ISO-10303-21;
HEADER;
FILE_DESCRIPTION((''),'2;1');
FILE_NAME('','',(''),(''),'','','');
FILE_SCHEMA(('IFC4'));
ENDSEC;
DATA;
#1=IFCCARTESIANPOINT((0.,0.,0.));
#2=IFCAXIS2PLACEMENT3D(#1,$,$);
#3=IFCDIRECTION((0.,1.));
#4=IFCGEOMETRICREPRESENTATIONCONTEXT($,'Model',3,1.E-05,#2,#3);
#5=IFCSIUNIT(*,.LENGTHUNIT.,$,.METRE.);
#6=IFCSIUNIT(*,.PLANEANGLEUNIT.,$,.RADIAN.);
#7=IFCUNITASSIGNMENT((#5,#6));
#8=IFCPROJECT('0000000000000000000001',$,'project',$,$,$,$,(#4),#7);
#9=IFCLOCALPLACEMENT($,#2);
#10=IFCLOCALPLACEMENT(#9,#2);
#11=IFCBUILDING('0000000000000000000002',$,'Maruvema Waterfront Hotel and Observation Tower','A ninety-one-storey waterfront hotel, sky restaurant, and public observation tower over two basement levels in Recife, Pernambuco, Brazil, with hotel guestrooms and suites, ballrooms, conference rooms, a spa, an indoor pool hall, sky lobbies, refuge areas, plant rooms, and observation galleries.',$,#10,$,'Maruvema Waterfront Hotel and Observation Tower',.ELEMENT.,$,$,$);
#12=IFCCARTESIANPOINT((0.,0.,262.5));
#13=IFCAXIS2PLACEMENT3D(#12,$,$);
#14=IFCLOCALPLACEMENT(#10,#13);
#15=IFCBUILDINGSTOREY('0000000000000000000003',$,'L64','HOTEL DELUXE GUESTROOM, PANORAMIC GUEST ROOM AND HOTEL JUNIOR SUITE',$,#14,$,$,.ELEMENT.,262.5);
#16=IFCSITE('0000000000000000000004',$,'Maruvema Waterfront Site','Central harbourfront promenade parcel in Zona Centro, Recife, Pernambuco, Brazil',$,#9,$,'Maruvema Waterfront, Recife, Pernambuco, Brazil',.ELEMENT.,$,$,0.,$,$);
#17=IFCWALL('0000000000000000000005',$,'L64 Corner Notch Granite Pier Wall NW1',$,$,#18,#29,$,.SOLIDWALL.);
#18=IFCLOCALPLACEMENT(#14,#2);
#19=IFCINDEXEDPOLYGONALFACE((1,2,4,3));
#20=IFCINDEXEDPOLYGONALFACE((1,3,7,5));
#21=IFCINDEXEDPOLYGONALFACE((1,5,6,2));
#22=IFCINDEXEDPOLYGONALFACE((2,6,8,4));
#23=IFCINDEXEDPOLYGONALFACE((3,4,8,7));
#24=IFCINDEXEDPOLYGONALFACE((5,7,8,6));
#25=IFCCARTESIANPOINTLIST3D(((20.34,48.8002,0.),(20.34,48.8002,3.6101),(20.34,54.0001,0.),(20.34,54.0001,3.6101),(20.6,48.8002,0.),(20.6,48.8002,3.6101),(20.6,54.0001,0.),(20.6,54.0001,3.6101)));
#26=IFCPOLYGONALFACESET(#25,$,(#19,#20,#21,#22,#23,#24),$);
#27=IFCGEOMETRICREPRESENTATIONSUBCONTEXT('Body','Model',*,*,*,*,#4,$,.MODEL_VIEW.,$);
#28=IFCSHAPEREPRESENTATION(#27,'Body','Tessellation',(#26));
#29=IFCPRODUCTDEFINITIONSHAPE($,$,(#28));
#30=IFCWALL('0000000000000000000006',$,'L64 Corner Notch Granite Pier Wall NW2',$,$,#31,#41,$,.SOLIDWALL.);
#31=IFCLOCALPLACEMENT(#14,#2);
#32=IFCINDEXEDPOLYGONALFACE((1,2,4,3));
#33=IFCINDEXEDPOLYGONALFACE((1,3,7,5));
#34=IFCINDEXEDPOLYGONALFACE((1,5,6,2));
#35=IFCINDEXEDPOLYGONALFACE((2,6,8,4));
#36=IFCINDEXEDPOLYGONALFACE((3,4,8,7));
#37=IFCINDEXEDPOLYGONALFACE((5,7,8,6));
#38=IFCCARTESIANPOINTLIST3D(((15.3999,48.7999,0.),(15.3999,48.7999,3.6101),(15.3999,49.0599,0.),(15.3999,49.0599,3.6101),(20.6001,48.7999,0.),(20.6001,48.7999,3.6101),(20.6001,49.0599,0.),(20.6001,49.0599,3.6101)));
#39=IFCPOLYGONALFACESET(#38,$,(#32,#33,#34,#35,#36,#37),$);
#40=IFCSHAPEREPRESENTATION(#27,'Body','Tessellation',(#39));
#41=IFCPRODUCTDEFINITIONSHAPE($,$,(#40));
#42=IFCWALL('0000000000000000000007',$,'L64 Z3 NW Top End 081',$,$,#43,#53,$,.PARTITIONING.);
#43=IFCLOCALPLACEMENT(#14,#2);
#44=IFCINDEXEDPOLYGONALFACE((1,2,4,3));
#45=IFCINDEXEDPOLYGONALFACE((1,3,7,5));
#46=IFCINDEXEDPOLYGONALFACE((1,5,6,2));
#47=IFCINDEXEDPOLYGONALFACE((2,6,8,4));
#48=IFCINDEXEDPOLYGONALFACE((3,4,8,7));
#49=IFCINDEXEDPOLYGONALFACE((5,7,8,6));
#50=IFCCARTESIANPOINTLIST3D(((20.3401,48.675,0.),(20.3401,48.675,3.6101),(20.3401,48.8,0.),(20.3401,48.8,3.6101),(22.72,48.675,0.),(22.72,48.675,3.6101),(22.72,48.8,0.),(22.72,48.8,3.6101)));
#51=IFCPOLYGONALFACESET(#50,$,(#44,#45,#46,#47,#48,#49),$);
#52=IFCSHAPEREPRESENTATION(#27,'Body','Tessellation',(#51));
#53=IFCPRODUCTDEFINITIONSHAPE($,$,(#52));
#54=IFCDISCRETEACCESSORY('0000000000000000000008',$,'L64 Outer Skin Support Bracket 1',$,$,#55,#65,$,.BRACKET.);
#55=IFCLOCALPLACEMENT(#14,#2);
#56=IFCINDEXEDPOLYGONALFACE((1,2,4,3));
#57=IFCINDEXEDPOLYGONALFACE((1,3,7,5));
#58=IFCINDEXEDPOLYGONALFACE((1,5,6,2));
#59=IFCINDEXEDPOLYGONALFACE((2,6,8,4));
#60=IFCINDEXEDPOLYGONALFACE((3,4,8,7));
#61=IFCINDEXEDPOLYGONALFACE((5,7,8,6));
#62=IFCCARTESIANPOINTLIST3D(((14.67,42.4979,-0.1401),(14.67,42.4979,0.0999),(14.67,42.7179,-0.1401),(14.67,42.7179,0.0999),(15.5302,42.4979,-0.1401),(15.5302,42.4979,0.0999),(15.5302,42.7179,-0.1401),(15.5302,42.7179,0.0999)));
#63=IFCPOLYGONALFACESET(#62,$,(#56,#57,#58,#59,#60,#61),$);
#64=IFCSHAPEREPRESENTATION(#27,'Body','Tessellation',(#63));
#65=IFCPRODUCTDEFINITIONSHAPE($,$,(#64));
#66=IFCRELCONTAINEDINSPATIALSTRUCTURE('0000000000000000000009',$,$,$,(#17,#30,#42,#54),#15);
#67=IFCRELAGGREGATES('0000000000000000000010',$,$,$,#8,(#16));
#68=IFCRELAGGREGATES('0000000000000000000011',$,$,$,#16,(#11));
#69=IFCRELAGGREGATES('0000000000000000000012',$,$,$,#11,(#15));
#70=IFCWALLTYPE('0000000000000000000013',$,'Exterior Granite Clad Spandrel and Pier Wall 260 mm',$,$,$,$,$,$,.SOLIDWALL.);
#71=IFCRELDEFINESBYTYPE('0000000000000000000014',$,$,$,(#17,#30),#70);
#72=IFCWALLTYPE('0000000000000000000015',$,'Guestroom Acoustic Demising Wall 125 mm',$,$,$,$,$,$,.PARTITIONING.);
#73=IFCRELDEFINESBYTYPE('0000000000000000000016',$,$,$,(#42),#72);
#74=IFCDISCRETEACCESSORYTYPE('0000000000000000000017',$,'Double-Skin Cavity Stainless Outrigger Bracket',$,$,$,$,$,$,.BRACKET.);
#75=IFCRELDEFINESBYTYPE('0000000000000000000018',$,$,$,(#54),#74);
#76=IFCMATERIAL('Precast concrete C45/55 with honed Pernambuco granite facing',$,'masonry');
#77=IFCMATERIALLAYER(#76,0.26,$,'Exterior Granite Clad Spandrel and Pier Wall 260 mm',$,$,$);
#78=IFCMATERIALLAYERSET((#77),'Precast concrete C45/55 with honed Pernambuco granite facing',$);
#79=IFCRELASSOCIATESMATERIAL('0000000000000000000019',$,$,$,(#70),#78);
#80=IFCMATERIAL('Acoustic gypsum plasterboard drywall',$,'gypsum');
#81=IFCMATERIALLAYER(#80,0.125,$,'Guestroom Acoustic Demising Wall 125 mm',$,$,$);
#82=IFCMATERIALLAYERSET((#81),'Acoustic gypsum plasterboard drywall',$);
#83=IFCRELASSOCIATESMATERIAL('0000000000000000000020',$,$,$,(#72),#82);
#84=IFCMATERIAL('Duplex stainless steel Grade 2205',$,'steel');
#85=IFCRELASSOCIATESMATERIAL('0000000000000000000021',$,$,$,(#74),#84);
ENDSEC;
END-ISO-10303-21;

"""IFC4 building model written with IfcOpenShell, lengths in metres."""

from ifc_helpers import new_model, si_unit, direction, frame, frame_2d, origin, origin_2d, place, context, subcontext, project, spatial, rectangle, extrude, material, layer, layer_set, type_object, element, save


model = new_model("IFC4")

# Units and contexts
model_context = context("Model", 3, precision=1e-05, world=origin(), true_north=direction((0.0, 1.0)))
body_context = subcontext(model_context, "Body", "Model", "MODEL_VIEW")
ifc_project = project(units=[si_unit("LENGTHUNIT", "METRE"), si_unit("PLANEANGLEUNIT", "RADIAN")], contexts=[model_context])

# Site, building, storey
site_placement = place(None, origin())
site = spatial("IfcSite", under=ifc_project, at=site_placement, Name="Maruvema Waterfront Site", Description="Central harbourfront promenade parcel in Zona Centro, Recife, Pernambuco, Brazil", LongName="Maruvema Waterfront, Recife, Pernambuco, Brazil", CompositionType="ELEMENT", RefElevation=0.0)
building_placement = place(site_placement, origin())
building = spatial("IfcBuilding", under=site, at=building_placement, Name="Maruvema Waterfront Hotel and Observation Tower", Description="A ninety-one-storey waterfront hotel, sky restaurant, and public observation tower over two basement levels in Recife, Pernambuco, Brazil, with hotel guestrooms and suites, ballrooms, conference rooms, a spa, an indoor pool hall, sky lobbies, refuge areas, plant rooms, and observation galleries.", LongName="Maruvema Waterfront Hotel and Observation Tower", CompositionType="ELEMENT")
storey_placement = place(building_placement, frame((0.0, 0.0, 262.5)))
storey = spatial("IfcBuildingStorey", under=building, at=storey_placement, Name="L64", Description="HOTEL DELUXE GUESTROOM, PANORAMIC GUEST ROOM AND HOTEL JUNIOR SUITE", CompositionType="ELEMENT", Elevation=262.5)

# Walls
ifc_material_1 = material(Name="Precast concrete C45/55 with honed Pernambuco granite facing", Category="masonry")
ifc_layer_1 = layer(ifc_material_1, 0.26, Name="Exterior Granite Clad Spandrel and Pier Wall 260 mm")
ifc_layer_set_1 = layer_set([ifc_layer_1], Name="Precast concrete C45/55 with honed Pernambuco granite facing")
wall_type_1 = type_object("IfcWallType", Name="Exterior Granite Clad Spandrel and Pier Wall 260 mm", PredefinedType="SOLIDWALL", material=ifc_layer_set_1)
wall_1_placement = place(storey_placement, frame((20.47, 48.8, 0.0), z_axis=(0.0, 0.0, 1.0), x_axis=(0.0, 1.0, 0.0)))
element("IfcWall", 1, at=wall_1_placement, inside=storey, type_object=wall_type_1, Name="L64 Corner Notch Granite Pier Wall NW1", PredefinedType="SOLIDWALL", context=body_context, shape_type="SweptSolid", body=[
    extrude(rectangle(XDim=5.2, YDim=0.26, at=frame_2d((2.6001, 0.0))), origin(), (0.0, 0.0, 1.0), 3.6101),
])
wall_2_placement = place(storey_placement, frame((15.3999, 48.9299, 0.0), z_axis=(0.0, 0.0, 1.0), x_axis=(1.0, 0.0, 0.0)))
element("IfcWall", 2, at=wall_2_placement, inside=storey, type_object=wall_type_1, Name="L64 Corner Notch Granite Pier Wall NW2", PredefinedType="SOLIDWALL", context=body_context, shape_type="SweptSolid", body=[
    extrude(rectangle(XDim=5.2002, YDim=0.26, at=frame_2d((2.6001, 0.0))), origin(), (0.0, 0.0, 1.0), 3.6101),
])
ifc_material_2 = material(Name="Acoustic gypsum plasterboard drywall", Category="gypsum")
ifc_layer_2 = layer(ifc_material_2, 0.125, Name="Guestroom Acoustic Demising Wall 125 mm")
ifc_layer_set_2 = layer_set([ifc_layer_2], Name="Acoustic gypsum plasterboard drywall")
wall_type_2 = type_object("IfcWallType", Name="Guestroom Acoustic Demising Wall 125 mm", PredefinedType="PARTITIONING", material=ifc_layer_set_2)
wall_3_placement = place(storey_placement, frame((20.3401, 48.7375, 0.0), z_axis=(0.0, 0.0, 1.0), x_axis=(1.0, 0.0, 0.0)))
element("IfcWall", 3, at=wall_3_placement, inside=storey, type_object=wall_type_2, Name="L64 Z3 NW Top End 081", PredefinedType="PARTITIONING", context=body_context, shape_type="SweptSolid", body=[
    extrude(rectangle(XDim=2.3799, YDim=0.125, at=frame_2d((1.1899, 0.0))), origin(), (0.0, 0.0, 1.0), 3.6101),
])

# Discrete accessory
ifc_material_3 = material(Name="Duplex stainless steel Grade 2205", Category="steel")
discrete_accessory_type = type_object("IfcDiscreteAccessoryType", Name="Double-Skin Cavity Stainless Outrigger Bracket", PredefinedType="BRACKET", material=ifc_material_3)
discrete_accessory_placement = place(storey_placement, frame((15.1001, 42.6079, -0.1401), z_axis=(0.0, 0.0, 1.0), x_axis=(0.0, -1.0, 0.0)))
element("IfcDiscreteAccessory", 4, at=discrete_accessory_placement, inside=storey, type_object=discrete_accessory_type, Name="L64 Outer Skin Support Bracket 1", PredefinedType="BRACKET", context=body_context, shape_type="SweptSolid", body=[
    extrude(rectangle(XDim=0.22, YDim=0.8601, at=origin_2d()), origin(), (0.0, 0.0, 1.0), 0.24),
])

save(model, "model.ifc")
